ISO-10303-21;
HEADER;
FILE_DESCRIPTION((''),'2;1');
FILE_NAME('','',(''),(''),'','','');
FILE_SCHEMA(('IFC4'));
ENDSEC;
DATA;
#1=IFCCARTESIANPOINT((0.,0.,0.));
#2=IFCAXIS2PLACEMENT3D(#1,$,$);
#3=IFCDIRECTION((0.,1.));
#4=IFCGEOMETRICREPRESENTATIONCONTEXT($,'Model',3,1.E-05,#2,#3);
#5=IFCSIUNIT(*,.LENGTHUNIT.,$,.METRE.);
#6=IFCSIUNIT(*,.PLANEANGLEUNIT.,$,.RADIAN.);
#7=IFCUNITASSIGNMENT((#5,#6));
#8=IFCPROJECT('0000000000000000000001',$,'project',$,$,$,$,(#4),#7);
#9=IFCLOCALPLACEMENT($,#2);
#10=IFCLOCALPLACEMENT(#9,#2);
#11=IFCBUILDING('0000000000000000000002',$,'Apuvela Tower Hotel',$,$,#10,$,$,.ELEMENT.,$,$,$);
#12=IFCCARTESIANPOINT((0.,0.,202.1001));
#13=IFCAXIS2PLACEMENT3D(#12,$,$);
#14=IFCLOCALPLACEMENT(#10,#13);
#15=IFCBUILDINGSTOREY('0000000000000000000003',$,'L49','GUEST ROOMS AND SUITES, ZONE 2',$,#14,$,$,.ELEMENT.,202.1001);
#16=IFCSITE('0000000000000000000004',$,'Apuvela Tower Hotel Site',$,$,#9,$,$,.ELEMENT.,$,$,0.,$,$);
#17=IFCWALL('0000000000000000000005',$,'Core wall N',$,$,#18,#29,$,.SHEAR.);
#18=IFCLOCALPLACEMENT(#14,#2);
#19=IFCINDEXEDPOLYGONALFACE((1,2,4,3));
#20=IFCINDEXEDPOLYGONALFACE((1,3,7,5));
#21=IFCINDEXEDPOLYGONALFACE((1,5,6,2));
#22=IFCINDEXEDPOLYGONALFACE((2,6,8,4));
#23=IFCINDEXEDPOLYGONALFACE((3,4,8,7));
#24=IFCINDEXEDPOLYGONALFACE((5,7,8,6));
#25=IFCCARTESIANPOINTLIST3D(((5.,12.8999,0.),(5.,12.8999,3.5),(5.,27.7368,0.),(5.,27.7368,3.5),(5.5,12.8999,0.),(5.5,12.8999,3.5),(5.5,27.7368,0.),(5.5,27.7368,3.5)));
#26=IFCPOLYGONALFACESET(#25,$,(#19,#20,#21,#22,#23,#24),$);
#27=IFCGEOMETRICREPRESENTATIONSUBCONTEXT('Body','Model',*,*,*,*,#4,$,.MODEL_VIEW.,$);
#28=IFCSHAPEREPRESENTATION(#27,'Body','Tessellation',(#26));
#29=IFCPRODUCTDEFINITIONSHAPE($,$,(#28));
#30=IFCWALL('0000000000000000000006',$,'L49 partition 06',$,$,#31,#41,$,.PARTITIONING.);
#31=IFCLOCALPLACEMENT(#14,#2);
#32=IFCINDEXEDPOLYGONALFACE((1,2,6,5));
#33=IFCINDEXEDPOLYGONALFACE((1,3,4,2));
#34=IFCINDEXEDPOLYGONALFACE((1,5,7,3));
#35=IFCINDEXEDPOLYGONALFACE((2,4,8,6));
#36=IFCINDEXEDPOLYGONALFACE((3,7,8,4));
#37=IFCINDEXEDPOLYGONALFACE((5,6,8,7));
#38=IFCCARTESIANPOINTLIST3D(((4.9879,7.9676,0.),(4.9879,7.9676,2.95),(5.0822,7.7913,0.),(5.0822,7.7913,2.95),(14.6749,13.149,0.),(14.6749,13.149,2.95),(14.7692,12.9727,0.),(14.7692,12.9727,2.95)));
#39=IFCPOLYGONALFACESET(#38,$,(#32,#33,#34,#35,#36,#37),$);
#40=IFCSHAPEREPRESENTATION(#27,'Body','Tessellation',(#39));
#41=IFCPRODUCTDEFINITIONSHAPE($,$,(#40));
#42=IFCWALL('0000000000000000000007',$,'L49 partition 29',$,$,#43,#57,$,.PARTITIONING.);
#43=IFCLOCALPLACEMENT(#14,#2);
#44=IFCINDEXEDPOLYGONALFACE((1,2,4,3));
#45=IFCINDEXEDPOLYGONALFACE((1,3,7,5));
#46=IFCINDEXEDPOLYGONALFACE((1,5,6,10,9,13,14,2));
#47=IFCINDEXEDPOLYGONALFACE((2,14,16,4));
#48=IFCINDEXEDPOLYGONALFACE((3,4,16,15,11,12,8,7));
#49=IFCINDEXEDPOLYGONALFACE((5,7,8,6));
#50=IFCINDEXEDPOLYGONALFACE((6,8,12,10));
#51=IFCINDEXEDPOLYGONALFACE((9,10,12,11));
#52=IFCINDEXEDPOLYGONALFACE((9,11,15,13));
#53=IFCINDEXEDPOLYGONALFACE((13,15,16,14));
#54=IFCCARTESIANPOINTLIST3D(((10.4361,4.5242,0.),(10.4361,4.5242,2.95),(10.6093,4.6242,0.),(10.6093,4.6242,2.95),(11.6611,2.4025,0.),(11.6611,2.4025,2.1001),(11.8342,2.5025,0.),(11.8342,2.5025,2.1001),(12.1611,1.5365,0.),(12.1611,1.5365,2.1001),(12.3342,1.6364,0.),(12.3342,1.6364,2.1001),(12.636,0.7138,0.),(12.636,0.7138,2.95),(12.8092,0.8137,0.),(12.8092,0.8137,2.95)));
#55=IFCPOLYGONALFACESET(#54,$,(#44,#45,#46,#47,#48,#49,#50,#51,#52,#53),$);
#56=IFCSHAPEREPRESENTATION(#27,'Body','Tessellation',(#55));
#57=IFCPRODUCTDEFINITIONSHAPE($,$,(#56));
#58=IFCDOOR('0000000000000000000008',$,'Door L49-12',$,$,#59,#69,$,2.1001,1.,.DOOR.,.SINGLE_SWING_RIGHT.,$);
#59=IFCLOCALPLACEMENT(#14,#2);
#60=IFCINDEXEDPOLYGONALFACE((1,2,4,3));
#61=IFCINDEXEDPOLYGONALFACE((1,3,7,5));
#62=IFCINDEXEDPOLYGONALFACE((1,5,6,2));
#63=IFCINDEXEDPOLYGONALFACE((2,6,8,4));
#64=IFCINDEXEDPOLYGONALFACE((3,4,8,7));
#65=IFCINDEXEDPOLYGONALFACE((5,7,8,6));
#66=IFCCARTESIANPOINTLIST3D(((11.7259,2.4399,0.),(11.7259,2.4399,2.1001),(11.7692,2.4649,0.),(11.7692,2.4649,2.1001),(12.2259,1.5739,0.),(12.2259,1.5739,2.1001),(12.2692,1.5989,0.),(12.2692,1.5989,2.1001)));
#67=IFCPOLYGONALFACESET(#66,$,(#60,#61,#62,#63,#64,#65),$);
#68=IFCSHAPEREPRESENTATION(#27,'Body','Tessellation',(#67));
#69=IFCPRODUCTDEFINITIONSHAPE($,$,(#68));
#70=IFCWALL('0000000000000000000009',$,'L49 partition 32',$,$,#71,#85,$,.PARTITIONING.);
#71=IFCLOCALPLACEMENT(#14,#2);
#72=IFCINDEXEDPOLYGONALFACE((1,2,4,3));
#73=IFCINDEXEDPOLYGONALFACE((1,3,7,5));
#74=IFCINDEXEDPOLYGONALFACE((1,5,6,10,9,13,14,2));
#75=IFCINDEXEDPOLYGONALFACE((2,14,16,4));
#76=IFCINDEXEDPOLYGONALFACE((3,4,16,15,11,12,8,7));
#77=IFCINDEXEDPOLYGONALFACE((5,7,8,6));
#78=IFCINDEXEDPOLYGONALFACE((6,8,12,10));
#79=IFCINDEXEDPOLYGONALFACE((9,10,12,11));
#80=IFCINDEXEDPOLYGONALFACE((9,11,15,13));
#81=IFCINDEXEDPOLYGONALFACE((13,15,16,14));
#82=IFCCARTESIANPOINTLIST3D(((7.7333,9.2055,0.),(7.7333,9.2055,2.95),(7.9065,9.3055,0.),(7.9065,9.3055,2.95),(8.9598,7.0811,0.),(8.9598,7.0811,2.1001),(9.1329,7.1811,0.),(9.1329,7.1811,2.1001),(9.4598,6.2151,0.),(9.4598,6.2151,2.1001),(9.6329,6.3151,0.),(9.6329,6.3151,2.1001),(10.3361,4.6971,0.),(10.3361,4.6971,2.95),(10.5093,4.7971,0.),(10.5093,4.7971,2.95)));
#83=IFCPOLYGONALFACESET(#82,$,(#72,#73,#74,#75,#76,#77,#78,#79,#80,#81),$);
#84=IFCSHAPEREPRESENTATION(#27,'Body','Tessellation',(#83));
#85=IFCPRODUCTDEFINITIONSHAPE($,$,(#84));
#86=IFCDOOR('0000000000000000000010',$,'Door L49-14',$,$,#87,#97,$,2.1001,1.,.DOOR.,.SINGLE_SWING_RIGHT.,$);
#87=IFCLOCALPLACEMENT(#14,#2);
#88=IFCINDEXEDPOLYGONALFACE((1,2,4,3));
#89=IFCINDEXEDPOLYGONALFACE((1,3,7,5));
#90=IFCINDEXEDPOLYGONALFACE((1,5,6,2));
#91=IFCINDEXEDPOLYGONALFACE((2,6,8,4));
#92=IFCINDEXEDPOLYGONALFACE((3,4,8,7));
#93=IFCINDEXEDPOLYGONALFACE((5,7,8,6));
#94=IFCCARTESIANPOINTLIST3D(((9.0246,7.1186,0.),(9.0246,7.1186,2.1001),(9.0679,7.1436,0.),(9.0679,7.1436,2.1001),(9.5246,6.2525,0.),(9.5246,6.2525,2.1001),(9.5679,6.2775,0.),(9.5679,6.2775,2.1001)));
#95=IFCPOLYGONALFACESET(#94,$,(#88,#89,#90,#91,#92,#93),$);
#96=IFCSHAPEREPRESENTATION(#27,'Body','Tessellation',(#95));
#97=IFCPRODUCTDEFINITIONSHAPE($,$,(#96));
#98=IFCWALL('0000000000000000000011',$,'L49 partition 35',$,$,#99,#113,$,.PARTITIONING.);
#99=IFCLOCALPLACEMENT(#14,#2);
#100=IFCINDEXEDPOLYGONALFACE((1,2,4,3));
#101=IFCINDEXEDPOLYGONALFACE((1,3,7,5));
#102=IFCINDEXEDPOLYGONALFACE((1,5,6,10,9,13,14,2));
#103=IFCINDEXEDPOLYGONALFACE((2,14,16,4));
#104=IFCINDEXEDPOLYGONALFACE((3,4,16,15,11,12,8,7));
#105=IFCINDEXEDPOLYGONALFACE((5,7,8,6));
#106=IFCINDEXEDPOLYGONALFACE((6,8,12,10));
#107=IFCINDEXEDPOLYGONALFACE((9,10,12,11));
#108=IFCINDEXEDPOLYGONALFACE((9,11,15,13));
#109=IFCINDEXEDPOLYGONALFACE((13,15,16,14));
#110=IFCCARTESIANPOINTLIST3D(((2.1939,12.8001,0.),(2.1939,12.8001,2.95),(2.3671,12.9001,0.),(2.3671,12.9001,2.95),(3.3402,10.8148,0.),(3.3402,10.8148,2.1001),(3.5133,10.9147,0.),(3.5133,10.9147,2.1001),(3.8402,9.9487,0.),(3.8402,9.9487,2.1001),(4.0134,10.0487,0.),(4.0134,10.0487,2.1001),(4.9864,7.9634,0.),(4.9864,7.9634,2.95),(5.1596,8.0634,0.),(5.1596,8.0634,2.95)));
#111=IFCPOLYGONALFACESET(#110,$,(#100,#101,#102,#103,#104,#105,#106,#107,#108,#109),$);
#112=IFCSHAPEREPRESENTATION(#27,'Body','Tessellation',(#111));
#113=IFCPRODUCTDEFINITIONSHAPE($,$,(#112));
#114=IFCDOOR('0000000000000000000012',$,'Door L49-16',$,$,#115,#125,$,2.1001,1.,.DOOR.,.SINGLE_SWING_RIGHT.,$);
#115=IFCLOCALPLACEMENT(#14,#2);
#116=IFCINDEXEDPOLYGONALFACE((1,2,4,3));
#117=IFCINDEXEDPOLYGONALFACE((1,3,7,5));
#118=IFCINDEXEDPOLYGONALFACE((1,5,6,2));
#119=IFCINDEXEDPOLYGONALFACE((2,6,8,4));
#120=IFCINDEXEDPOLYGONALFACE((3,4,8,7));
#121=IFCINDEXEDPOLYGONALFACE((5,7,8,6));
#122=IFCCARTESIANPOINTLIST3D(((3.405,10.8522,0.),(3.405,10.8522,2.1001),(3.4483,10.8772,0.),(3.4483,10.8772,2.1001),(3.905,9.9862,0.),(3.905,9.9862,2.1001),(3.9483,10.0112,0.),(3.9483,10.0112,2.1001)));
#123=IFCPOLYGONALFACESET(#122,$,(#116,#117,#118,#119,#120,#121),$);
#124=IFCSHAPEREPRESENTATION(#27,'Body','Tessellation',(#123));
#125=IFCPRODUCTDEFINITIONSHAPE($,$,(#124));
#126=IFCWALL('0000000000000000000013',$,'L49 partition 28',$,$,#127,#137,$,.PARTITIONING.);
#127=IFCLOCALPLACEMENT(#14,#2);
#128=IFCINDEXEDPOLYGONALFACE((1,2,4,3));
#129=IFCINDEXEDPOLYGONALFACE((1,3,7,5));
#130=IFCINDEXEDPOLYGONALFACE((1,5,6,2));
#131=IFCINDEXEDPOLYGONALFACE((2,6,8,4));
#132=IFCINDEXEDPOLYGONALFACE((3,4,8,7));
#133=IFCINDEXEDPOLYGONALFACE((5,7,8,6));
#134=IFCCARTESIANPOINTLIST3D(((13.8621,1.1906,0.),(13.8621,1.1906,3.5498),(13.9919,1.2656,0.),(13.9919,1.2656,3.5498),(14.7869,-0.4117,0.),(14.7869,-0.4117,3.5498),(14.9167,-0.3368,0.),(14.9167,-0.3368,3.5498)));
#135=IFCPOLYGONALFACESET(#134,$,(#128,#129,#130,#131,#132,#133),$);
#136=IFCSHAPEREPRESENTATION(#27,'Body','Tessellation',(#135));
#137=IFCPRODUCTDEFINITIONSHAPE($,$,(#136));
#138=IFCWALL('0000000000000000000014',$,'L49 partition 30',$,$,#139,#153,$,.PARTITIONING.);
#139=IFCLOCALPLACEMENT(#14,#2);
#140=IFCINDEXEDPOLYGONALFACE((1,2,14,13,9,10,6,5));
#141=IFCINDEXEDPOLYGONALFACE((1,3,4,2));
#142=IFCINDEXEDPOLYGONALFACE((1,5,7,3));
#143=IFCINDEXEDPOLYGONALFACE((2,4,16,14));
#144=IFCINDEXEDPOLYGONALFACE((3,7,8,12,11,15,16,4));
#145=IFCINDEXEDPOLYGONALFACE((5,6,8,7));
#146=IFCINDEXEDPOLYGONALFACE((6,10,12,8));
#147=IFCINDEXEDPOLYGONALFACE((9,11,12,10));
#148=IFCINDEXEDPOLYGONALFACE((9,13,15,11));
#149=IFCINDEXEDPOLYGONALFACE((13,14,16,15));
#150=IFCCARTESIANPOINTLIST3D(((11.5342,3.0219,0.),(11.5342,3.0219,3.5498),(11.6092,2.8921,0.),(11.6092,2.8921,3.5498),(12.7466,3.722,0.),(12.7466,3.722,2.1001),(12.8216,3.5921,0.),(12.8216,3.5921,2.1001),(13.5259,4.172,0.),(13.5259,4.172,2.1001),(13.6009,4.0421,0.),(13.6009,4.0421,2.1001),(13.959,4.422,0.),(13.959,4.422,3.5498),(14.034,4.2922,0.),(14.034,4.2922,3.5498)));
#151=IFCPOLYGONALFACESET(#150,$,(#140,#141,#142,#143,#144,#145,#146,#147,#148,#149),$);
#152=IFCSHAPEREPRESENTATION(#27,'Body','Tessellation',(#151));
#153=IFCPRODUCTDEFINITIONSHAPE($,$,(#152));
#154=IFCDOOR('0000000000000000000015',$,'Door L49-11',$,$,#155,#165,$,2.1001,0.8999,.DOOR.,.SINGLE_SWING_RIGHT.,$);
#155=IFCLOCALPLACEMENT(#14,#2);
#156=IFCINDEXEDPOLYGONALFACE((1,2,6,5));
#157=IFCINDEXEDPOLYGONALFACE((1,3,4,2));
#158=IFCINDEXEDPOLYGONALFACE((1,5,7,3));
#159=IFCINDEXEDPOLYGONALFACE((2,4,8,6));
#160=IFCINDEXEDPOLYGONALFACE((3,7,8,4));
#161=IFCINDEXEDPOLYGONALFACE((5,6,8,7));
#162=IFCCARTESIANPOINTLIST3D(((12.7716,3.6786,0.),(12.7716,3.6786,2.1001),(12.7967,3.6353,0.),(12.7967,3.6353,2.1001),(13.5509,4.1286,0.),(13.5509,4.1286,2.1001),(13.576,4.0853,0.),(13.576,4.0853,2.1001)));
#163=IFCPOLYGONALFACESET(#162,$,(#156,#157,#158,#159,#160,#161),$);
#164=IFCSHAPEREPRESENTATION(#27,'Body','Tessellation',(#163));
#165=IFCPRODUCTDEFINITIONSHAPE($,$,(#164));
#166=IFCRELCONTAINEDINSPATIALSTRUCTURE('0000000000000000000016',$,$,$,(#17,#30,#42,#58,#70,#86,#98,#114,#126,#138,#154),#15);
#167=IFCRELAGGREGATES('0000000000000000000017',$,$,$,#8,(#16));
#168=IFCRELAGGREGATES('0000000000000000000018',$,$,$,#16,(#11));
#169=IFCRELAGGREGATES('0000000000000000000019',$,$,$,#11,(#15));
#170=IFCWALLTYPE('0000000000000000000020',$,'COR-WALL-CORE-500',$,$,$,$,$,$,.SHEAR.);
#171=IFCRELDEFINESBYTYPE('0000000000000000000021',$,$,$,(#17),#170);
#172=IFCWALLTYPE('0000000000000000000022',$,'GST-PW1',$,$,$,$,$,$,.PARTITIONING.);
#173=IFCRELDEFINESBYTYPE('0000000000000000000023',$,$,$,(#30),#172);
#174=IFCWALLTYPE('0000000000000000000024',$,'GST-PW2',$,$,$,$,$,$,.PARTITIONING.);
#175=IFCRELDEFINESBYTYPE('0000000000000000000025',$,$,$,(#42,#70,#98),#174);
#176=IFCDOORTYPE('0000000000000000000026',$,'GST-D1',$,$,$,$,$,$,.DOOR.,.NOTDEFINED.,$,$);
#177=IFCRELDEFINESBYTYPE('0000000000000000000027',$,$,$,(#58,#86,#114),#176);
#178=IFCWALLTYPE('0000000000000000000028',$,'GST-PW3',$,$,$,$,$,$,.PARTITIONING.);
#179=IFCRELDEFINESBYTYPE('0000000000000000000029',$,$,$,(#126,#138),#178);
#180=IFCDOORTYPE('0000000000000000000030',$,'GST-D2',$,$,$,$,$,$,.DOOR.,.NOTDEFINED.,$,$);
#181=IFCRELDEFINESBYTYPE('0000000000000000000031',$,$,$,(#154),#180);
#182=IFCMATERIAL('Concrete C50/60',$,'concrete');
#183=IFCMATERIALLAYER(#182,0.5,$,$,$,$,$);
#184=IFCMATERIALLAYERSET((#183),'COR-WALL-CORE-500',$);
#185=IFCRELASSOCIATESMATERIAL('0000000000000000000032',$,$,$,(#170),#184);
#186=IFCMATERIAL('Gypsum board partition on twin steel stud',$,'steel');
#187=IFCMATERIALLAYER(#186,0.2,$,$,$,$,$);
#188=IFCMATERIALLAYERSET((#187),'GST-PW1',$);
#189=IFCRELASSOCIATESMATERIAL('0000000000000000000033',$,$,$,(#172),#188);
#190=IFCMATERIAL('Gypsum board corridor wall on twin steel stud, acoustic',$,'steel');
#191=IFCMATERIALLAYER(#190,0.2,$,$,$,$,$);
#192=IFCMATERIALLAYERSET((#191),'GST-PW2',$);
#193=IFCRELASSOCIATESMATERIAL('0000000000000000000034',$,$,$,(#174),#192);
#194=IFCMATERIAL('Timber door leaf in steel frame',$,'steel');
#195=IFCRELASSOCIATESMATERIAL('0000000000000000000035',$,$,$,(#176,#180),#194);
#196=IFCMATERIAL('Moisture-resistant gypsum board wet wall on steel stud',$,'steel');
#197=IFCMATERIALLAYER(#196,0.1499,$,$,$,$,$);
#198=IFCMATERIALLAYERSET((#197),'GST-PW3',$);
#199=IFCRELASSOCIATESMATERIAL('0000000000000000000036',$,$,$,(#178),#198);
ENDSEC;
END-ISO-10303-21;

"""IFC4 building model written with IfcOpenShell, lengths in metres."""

from ifc_helpers import new_model, si_unit, direction, frame, frame_2d, origin, place, context, subcontext, project, spatial, rectangle, extrude, material, layer, layer_set, type_object, element, fill, save


model = new_model("IFC4")

# Units and contexts
model_context = context("Model", 3, precision=1e-05, world=origin(), true_north=direction((0.0, 1.0)))
body_context = subcontext(model_context, "Body", "Model", "MODEL_VIEW")
ifc_project = project(units=[si_unit("LENGTHUNIT", "METRE"), si_unit("PLANEANGLEUNIT", "RADIAN")], contexts=[model_context])

# Site, building, storey
site_placement = place(None, origin())
site = spatial("IfcSite", under=ifc_project, at=site_placement, Name="Apuvela Tower Hotel Site", CompositionType="ELEMENT", RefElevation=0.0)
building_placement = place(site_placement, origin())
building = spatial("IfcBuilding", under=site, at=building_placement, Name="Apuvela Tower Hotel", CompositionType="ELEMENT")
storey_placement = place(building_placement, frame((0.0, 0.0, 202.1001)))
storey = spatial("IfcBuildingStorey", under=building, at=storey_placement, Name="L49", Description="GUEST ROOMS AND SUITES, ZONE 2", CompositionType="ELEMENT", Elevation=202.1001)

# Shared definitions
ifc_material_1 = material(Name="Concrete C50/60", Category="concrete")

# Walls
ifc_layer_1 = layer(ifc_material_1, 0.5)
ifc_layer_set_1 = layer_set([ifc_layer_1], Name="COR-WALL-CORE-500")
wall_type_1 = type_object("IfcWallType", Name="COR-WALL-CORE-500", PredefinedType="SHEAR", material=ifc_layer_set_1)
wall_1_placement = place(storey_placement, frame((5.25, 12.8999, 0.0), z_axis=(0.0, 0.0, 1.0), x_axis=(0.0, 1.0, 0.0)))
element("IfcWall", 1, at=wall_1_placement, inside=storey, type_object=wall_type_1, Name="Core wall N", PredefinedType="SHEAR", context=body_context, shape_type="SweptSolid", body=[
    extrude(rectangle(XDim=14.8369, YDim=0.5, at=frame_2d((7.4185, 0.0))), origin(), (0.0, 0.0, 1.0), 3.5),
])
ifc_material_2 = material(Name="Gypsum board partition on twin steel stud", Category="steel")
ifc_layer_2 = layer(ifc_material_2, 0.2)
ifc_layer_set_2 = layer_set([ifc_layer_2], Name="GST-PW1")
wall_type_2 = type_object("IfcWallType", Name="GST-PW1", PredefinedType="PARTITIONING", material=ifc_layer_set_2)
wall_2_placement = place(storey_placement, frame((14.7219, 13.0608, 0.0), z_axis=(0.0, 0.0, 1.0), x_axis=(-0.881786, -0.47165, 0.0)))
element("IfcWall", 2, at=wall_2_placement, inside=storey, type_object=wall_type_2, Name="L49 partition 06", PredefinedType="PARTITIONING", context=body_context, shape_type="SweptSolid", body=[
    extrude(rectangle(XDim=10.9856, YDim=0.2, at=frame_2d((5.4927, 0.0))), origin(), (0.0, 0.0, 1.0), 2.95),
])

# Walls, openings, doors
ifc_material_3 = material(Name="Gypsum board corridor wall on twin steel stud, acoustic", Category="steel")
ifc_layer_3 = layer(ifc_material_3, 0.2)
ifc_layer_set_3 = layer_set([ifc_layer_3], Name="GST-PW2")
wall_type_3 = type_object("IfcWallType", Name="GST-PW2", PredefinedType="PARTITIONING", material=ifc_layer_set_3)
wall_3_placement = place(storey_placement, frame((10.5227, 4.5742, 0.0), z_axis=(0.0, 0.0, 1.0), x_axis=(0.499988, -0.866032, 0.0)))
wall_3 = element("IfcWall", 3, at=wall_3_placement, inside=storey, type_object=wall_type_3, Name="L49 partition 29", PredefinedType="PARTITIONING", context=body_context, shape_type="SweptSolid", body=[
    extrude(rectangle(XDim=4.3999, YDim=0.2, at=frame_2d((2.2, 0.0))), origin(), (0.0, 0.0, 1.0), 2.95),
])
opening_1_placement = place(wall_3_placement, frame((2.45, 0.0, 0.0)))
opening_1 = element("IfcOpeningElement", 4, at=opening_1_placement, cuts=wall_3, PredefinedType="OPENING", context=body_context, shape_type="SweptSolid", body=[
    extrude(rectangle(XDim=1.0, YDim=2.1001, at=frame_2d((0.5, 1.05))), frame((0.0, 0.1099, 0.0), z_axis=(0.0, -1.0, 0.0), x_axis=(1.0, 0.0, 0.0)), (0.0, 0.0, 1.0), 0.22),
])
ifc_material_4 = material(Name="Timber door leaf in steel frame", Category="steel")
door_type_1 = type_object("IfcDoorType", Name="GST-D1", OperationType="NOTDEFINED", PredefinedType="DOOR", material=ifc_material_4)
door_1_placement = place(opening_1_placement, origin())
door_1 = element("IfcDoor", 5, at=door_1_placement, inside=storey, type_object=door_type_1, Name="Door L49-12", OperationType="SINGLE_SWING_RIGHT", OverallHeight=2.1001, OverallWidth=1.0, PredefinedType="DOOR", context=body_context, shape_type="SweptSolid", body=[
    extrude(rectangle(XDim=1.0, YDim=2.1001, at=frame_2d((0.5, 1.05))), frame((0.0, 0.0249, 0.0), z_axis=(0.0, -1.0, 0.0), x_axis=(1.0, 0.0, 0.0)), (0.0, 0.0, 1.0), 0.05),
])
fill(opening_1, door_1)
wall_4_placement = place(storey_placement, frame((7.8198, 9.2556, 0.0), z_axis=(0.0, 0.0, 1.0), x_axis=(0.499988, -0.866033, 0.0)))
wall_4 = element("IfcWall", 6, at=wall_4_placement, inside=storey, type_object=wall_type_3, Name="L49 partition 32", PredefinedType="PARTITIONING", context=body_context, shape_type="SweptSolid", body=[
    extrude(rectangle(XDim=5.2058, YDim=0.2, at=frame_2d((2.603, 0.0))), origin(), (0.0, 0.0, 1.0), 2.95),
])
opening_2_placement = place(wall_4_placement, frame((2.4531, 0.0, 0.0)))
opening_2 = element("IfcOpeningElement", 7, at=opening_2_placement, cuts=wall_4, PredefinedType="OPENING", context=body_context, shape_type="SweptSolid", body=[
    extrude(rectangle(XDim=1.0, YDim=2.1001, at=frame_2d((0.5, 1.05))), frame((0.0, 0.1099, 0.0), z_axis=(0.0, -1.0, 0.0), x_axis=(1.0, 0.0, 0.0)), (0.0, 0.0, 1.0), 0.22),
])
door_2_placement = place(opening_2_placement, origin())
door_2 = element("IfcDoor", 8, at=door_2_placement, inside=storey, type_object=door_type_1, Name="Door L49-14", OperationType="SINGLE_SWING_RIGHT", OverallHeight=2.1001, OverallWidth=1.0, PredefinedType="DOOR", context=body_context, shape_type="SweptSolid", body=[
    extrude(rectangle(XDim=1.0, YDim=2.1001, at=frame_2d((0.5, 1.05))), frame((0.0, 0.0249, 0.0), z_axis=(0.0, -1.0, 0.0), x_axis=(1.0, 0.0, 0.0)), (0.0, 0.0, 1.0), 0.05),
])
fill(opening_2, door_2)
wall_5_placement = place(storey_placement, frame((2.2805, 12.8501, 0.0), z_axis=(0.0, 0.0, 1.0), x_axis=(0.500004, -0.866023, 0.0)))
wall_5 = element("IfcWall", 9, at=wall_5_placement, inside=storey, type_object=wall_type_3, Name="L49 partition 35", PredefinedType="PARTITIONING", context=body_context, shape_type="SweptSolid", body=[
    extrude(rectangle(XDim=5.585, YDim=0.2, at=frame_2d((2.7925, 0.0))), origin(), (0.0, 0.0, 1.0), 2.95),
])
opening_3_placement = place(wall_5_placement, frame((2.2925, 0.0, 0.0)))
opening_3 = element("IfcOpeningElement", 10, at=opening_3_placement, cuts=wall_5, PredefinedType="OPENING", context=body_context, shape_type="SweptSolid", body=[
    extrude(rectangle(XDim=1.0, YDim=2.1001, at=frame_2d((0.5, 1.05))), frame((0.0, 0.1099, 0.0), z_axis=(0.0, -1.0, 0.0), x_axis=(1.0, 0.0, 0.0)), (0.0, 0.0, 1.0), 0.22),
])
door_3_placement = place(opening_3_placement, origin())
door_3 = element("IfcDoor", 11, at=door_3_placement, inside=storey, type_object=door_type_1, Name="Door L49-16", OperationType="SINGLE_SWING_RIGHT", OverallHeight=2.1001, OverallWidth=1.0, PredefinedType="DOOR", context=body_context, shape_type="SweptSolid", body=[
    extrude(rectangle(XDim=1.0, YDim=2.1001, at=frame_2d((0.5, 1.05))), frame((0.0, 0.0249, 0.0), z_axis=(0.0, -1.0, 0.0), x_axis=(1.0, 0.0, 0.0)), (0.0, 0.0, 1.0), 0.05),
])
fill(opening_3, door_3)

# Wall
ifc_material_5 = material(Name="Moisture-resistant gypsum board wet wall on steel stud", Category="steel")
ifc_layer_4 = layer(ifc_material_5, 0.1499)
ifc_layer_set_4 = layer_set([ifc_layer_4], Name="GST-PW3")
wall_type_4 = type_object("IfcWallType", Name="GST-PW3", PredefinedType="PARTITIONING", material=ifc_layer_set_4)
wall_6_placement = place(storey_placement, frame((14.8518, -0.3743, 0.0), z_axis=(0.0, 0.0, 1.0), x_axis=(-0.499886, 0.866091, 0.0)))
element("IfcWall", 12, at=wall_6_placement, inside=storey, type_object=wall_type_4, Name="L49 partition 28", PredefinedType="PARTITIONING", context=body_context, shape_type="SweptSolid", body=[
    extrude(rectangle(XDim=1.8501, YDim=0.1499, at=frame_2d((0.925, 0.0))), origin(), (0.0, 0.0, 1.0), 3.5498),
])

# Wall, opening, door
wall_7_placement = place(storey_placement, frame((11.5718, 2.957, 0.0), z_axis=(0.0, 0.0, 1.0), x_axis=(0.865997, 0.50005, 0.0)))
wall_7 = element("IfcWall", 13, at=wall_7_placement, inside=storey, type_object=wall_type_4, Name="L49 partition 30", PredefinedType="PARTITIONING", context=body_context, shape_type="SweptSolid", body=[
    extrude(rectangle(XDim=2.8, YDim=0.1499, at=frame_2d((1.3999, 0.0))), origin(), (0.0, 0.0, 1.0), 3.5498),
])
opening_4_placement = place(wall_7_placement, frame((1.3999, 0.0, 0.0)))
opening_4 = element("IfcOpeningElement", 14, at=opening_4_placement, cuts=wall_7, PredefinedType="OPENING", context=body_context, shape_type="SweptSolid", body=[
    extrude(rectangle(XDim=0.8999, YDim=2.1001, at=frame_2d((0.45, 1.05))), frame((0.0, 0.085, 0.0), z_axis=(0.0, -1.0, 0.0), x_axis=(1.0, 0.0, 0.0)), (0.0, 0.0, 1.0), 0.1699),
])
door_type_2 = type_object("IfcDoorType", Name="GST-D2", OperationType="NOTDEFINED", PredefinedType="DOOR", material=ifc_material_4)
door_4_placement = place(opening_4_placement, origin())
door_4 = element("IfcDoor", 15, at=door_4_placement, inside=storey, type_object=door_type_2, Name="Door L49-11", OperationType="SINGLE_SWING_RIGHT", OverallHeight=2.1001, OverallWidth=0.8999, PredefinedType="DOOR", context=body_context, shape_type="SweptSolid", body=[
    extrude(rectangle(XDim=0.8999, YDim=2.1001, at=frame_2d((0.45, 1.05))), frame((0.0, 0.0249, 0.0), z_axis=(0.0, -1.0, 0.0), x_axis=(1.0, 0.0, 0.0)), (0.0, 0.0, 1.0), 0.05),
])
fill(opening_4, door_4)

save(model, "model.ifc")
